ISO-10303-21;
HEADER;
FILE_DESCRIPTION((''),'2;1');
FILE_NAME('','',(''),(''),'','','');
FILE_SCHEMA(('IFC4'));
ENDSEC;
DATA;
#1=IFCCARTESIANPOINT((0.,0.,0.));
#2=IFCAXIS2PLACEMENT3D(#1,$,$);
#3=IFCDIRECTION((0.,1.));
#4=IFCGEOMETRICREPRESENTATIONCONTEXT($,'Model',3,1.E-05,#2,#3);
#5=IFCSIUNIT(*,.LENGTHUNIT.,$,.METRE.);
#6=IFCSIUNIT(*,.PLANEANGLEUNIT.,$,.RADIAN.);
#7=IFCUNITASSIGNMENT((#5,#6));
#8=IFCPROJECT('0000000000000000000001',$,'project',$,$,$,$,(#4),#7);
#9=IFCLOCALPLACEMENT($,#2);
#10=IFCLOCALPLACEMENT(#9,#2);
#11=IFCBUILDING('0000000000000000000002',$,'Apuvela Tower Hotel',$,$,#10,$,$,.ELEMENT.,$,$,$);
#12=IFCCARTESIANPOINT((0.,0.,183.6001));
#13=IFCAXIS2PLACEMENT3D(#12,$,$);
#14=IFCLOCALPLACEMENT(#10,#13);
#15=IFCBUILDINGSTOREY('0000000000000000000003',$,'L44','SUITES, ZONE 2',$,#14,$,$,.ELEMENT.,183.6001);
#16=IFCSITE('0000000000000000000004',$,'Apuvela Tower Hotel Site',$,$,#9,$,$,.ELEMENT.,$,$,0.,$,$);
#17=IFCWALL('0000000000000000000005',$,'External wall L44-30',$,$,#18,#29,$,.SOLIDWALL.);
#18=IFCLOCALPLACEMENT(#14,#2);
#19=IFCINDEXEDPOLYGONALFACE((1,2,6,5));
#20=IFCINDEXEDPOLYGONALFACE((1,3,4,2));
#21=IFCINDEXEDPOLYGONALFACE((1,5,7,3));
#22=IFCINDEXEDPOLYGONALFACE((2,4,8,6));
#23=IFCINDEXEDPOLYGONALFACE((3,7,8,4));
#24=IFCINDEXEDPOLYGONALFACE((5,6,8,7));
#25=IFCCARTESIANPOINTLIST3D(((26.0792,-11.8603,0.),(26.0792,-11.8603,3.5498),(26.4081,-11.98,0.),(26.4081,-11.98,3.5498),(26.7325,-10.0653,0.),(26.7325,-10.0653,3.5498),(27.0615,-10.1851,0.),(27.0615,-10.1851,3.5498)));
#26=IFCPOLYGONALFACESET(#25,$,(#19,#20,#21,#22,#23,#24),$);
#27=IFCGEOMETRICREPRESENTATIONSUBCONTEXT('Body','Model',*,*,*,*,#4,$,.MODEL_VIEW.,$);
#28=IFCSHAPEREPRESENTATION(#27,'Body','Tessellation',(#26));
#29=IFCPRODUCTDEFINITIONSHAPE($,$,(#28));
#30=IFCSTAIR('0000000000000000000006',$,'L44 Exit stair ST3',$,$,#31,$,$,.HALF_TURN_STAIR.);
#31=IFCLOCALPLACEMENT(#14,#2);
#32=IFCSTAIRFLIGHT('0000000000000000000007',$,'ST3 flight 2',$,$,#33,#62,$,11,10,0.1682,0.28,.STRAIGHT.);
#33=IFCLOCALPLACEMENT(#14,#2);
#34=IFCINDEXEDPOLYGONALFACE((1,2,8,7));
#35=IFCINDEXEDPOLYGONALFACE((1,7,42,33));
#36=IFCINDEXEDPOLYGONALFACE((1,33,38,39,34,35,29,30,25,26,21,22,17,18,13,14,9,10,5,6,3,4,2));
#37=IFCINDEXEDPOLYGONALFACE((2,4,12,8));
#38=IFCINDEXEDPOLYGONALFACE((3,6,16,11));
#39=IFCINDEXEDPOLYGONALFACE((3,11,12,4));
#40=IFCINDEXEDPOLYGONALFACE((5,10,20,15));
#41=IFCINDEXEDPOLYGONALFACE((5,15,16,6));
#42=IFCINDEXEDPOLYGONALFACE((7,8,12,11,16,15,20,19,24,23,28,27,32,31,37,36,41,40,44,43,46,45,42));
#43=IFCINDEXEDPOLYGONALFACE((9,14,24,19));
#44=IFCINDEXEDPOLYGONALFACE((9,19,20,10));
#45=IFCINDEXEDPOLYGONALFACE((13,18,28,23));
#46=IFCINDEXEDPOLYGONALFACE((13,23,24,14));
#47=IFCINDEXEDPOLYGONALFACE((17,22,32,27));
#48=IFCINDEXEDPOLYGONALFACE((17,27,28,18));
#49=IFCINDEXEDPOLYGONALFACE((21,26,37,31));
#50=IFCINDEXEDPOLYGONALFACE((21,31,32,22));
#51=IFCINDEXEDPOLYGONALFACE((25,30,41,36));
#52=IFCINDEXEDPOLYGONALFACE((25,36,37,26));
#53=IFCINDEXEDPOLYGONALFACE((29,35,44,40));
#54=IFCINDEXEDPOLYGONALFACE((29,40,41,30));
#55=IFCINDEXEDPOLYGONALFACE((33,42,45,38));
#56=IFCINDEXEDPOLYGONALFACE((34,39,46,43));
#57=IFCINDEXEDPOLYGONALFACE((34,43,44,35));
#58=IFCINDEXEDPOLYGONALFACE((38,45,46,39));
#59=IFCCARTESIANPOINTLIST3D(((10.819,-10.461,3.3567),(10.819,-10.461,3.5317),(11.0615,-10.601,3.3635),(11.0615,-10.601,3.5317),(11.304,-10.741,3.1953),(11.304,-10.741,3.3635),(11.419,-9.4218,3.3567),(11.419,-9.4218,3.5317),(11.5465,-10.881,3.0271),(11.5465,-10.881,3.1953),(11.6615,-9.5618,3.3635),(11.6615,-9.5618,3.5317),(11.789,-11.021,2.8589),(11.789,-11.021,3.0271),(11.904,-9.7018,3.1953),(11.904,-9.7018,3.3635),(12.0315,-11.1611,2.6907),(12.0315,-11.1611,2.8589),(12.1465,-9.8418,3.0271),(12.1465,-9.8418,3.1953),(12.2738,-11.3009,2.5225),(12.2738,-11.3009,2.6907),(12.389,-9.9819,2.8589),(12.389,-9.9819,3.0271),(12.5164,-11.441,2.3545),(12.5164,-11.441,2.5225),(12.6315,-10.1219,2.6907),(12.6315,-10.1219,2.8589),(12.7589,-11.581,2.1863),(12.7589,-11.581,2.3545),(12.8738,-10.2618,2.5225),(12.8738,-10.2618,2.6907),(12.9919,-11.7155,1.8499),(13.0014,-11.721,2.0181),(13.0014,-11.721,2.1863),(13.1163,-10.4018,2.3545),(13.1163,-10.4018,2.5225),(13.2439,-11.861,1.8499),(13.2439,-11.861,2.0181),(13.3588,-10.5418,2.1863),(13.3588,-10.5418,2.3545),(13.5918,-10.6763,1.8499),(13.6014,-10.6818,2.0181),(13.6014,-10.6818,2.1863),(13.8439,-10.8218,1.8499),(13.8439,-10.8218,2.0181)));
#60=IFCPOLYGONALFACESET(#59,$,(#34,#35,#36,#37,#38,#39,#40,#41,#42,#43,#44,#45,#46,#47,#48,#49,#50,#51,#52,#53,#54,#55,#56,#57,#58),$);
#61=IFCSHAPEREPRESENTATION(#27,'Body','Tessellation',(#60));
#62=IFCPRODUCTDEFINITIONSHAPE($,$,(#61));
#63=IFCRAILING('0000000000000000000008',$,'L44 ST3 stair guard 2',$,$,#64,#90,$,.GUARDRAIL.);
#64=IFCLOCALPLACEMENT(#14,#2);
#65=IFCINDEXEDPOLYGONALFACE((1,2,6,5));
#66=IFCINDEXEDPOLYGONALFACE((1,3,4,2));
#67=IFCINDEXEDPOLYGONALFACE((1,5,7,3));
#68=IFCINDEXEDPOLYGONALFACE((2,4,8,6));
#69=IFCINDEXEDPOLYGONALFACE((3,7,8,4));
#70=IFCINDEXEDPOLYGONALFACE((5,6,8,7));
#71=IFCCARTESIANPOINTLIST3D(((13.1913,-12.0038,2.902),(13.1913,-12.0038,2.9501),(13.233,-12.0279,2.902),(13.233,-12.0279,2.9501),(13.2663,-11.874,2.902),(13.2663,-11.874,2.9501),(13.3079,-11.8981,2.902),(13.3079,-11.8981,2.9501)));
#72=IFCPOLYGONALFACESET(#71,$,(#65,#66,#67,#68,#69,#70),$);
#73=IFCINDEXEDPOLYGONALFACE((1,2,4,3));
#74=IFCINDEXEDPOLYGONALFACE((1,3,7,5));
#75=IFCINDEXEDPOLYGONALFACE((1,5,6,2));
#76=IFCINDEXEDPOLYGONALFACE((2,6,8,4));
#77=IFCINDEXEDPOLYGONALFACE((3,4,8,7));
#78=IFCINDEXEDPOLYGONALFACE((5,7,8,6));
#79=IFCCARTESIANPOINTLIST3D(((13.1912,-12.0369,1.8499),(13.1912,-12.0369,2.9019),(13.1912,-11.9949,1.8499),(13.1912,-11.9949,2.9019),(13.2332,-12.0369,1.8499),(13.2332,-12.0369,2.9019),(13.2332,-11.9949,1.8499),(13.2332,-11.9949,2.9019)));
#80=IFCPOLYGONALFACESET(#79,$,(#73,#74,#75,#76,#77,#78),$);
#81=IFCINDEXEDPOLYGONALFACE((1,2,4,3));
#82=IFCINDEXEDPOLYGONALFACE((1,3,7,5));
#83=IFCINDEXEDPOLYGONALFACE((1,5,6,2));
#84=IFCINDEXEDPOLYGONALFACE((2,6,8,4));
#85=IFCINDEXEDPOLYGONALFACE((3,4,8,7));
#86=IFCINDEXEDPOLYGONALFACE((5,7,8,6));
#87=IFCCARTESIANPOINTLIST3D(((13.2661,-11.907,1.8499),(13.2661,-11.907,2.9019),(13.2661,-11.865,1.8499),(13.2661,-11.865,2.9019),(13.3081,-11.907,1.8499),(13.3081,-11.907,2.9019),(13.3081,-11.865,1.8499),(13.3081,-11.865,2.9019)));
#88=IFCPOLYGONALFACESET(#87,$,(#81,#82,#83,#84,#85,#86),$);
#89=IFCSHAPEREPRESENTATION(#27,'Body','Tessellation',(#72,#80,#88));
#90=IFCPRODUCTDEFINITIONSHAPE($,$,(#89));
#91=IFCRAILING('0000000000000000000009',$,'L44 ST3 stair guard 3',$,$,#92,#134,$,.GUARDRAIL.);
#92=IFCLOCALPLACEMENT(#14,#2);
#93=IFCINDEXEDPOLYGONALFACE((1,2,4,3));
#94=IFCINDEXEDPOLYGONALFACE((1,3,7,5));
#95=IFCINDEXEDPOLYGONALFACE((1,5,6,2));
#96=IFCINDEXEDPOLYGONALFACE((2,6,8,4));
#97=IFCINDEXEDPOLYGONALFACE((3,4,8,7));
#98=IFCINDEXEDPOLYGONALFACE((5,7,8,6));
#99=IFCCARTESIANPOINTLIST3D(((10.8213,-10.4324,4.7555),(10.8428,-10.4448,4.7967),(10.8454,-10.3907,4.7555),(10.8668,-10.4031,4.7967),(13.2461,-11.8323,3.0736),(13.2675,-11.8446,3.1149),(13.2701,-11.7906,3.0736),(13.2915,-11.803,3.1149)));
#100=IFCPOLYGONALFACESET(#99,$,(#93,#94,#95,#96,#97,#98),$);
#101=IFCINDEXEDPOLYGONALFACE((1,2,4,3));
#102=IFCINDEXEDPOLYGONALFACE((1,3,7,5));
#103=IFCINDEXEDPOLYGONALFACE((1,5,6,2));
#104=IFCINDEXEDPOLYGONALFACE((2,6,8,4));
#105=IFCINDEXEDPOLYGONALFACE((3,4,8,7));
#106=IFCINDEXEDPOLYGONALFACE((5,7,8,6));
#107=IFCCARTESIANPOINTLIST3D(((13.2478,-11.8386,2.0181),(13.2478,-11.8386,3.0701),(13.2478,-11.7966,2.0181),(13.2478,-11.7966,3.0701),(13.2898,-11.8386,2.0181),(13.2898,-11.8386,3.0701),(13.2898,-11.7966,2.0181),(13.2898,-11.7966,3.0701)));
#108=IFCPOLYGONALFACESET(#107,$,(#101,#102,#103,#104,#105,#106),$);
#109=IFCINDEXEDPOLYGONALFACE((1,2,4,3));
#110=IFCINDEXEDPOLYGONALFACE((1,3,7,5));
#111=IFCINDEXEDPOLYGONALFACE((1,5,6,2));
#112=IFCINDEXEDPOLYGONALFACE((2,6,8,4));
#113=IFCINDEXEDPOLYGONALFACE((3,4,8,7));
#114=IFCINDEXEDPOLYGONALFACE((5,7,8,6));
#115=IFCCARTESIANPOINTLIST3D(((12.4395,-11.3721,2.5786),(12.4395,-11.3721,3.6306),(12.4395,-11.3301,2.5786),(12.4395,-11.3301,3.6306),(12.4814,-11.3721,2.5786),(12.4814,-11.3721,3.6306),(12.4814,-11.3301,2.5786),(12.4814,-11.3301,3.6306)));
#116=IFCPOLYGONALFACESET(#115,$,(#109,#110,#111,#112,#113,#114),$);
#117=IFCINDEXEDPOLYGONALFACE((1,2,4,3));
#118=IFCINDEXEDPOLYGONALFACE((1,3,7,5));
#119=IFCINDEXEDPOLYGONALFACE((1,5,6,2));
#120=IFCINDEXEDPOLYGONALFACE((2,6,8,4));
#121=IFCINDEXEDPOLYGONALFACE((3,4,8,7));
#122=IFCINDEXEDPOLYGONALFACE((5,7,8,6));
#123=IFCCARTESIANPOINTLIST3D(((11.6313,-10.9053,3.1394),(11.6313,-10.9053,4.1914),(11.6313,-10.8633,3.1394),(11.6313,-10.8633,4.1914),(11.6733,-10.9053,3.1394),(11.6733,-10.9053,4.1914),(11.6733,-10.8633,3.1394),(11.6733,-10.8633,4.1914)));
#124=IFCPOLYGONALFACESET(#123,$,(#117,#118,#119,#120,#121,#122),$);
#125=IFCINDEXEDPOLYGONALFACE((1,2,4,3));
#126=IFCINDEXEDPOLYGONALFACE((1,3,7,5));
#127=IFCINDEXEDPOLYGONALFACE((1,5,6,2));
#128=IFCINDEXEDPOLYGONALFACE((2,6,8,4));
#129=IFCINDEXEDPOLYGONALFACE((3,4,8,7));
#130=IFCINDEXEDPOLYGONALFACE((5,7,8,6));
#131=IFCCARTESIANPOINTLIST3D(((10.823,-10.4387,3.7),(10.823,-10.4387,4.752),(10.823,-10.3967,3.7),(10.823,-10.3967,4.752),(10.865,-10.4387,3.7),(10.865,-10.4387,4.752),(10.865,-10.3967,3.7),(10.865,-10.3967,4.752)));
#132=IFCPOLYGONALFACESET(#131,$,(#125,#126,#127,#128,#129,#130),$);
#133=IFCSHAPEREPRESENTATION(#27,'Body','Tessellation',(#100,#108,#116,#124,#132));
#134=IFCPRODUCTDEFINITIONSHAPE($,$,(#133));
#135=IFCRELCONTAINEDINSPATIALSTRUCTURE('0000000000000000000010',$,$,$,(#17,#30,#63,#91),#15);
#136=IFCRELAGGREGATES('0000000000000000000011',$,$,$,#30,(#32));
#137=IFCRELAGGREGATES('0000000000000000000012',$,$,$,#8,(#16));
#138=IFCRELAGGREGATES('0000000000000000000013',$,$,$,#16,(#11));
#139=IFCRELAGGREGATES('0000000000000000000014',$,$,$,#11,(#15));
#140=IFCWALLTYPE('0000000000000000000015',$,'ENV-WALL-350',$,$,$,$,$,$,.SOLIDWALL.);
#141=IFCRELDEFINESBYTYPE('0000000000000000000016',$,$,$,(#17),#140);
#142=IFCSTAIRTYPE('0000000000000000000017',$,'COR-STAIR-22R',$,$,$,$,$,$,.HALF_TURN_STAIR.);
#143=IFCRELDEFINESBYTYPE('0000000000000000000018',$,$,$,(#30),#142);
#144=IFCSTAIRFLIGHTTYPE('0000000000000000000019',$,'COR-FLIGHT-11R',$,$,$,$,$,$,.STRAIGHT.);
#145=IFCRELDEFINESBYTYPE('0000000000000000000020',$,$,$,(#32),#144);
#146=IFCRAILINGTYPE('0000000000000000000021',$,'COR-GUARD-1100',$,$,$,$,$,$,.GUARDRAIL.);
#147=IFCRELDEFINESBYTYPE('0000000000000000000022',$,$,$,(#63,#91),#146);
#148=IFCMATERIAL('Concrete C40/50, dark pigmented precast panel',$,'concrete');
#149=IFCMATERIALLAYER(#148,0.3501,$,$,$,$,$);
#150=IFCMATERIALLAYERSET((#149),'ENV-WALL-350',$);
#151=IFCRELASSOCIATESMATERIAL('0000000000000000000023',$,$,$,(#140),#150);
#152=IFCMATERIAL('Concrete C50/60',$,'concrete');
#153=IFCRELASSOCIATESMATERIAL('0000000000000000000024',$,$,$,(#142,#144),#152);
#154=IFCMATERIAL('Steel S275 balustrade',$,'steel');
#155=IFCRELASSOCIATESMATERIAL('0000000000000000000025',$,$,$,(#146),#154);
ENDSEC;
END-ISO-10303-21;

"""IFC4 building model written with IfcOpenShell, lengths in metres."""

from ifc_helpers import new_model, si_unit, direction, frame, frame_2d, origin, origin_2d, place, context, subcontext, project, spatial, polyline, rectangle, outline, extrude, material, layer, layer_set, type_object, element, aggregate, save


model = new_model("IFC4")

# Units and contexts
model_context = context("Model", 3, precision=1e-05, world=origin(), true_north=direction((0.0, 1.0)))
body_context = subcontext(model_context, "Body", "Model", "MODEL_VIEW")
ifc_project = project(units=[si_unit("LENGTHUNIT", "METRE"), si_unit("PLANEANGLEUNIT", "RADIAN")], contexts=[model_context])

# Site, building, storey
site_placement = place(None, origin())
site = spatial("IfcSite", under=ifc_project, at=site_placement, Name="Apuvela Tower Hotel Site", CompositionType="ELEMENT", RefElevation=0.0)
building_placement = place(site_placement, origin())
building = spatial("IfcBuilding", under=site, at=building_placement, Name="Apuvela Tower Hotel", CompositionType="ELEMENT")
storey_placement = place(building_placement, frame((0.0, 0.0, 183.6001)))
storey = spatial("IfcBuildingStorey", under=building, at=storey_placement, Name="L44", Description="SUITES, ZONE 2", CompositionType="ELEMENT", Elevation=183.6001)

# Shared definitions
ifc_material_1 = material(Name="Concrete C50/60", Category="concrete")

# Shared definitions
ifc_material_2 = material(Name="Concrete C40/50, dark pigmented precast panel", Category="concrete")
ifc_layer_1 = layer(ifc_material_2, 0.3501)
ifc_layer_set_1 = layer_set([ifc_layer_1], Name="ENV-WALL-350")
wall_type_1 = type_object("IfcWallType", Name="ENV-WALL-350", PredefinedType="SOLIDWALL", material=ifc_layer_set_1)

# Wall
wall_1_placement = place(storey_placement, frame((26.2437, -11.9202, 0.0), z_axis=(0.0, 0.0, 1.0), x_axis=(0.34203, 0.939689, 0.0)))
element("IfcWall", 1, at=wall_1_placement, inside=storey, type_object=wall_type_1, Name="External wall L44-30", PredefinedType="SOLIDWALL", context=body_context, shape_type="SweptSolid", body=[
    extrude(rectangle(XDim=1.9102, YDim=0.3501, at=frame_2d((0.9551, 0.0))), origin(), (0.0, 0.0, 1.0), 3.5498),
])

# Stair, stair flight
stair_type = type_object("IfcStairType", Name="COR-STAIR-22R", PredefinedType="HALF_TURN_STAIR", material=ifc_material_1)
stair_placement = place(storey_placement, origin())
stair = element("IfcStair", 2, at=stair_placement, inside=storey, type_object=stair_type, Name="L44 Exit stair ST3", PredefinedType="HALF_TURN_STAIR")
stair_flight_type = type_object("IfcStairFlightType", Name="COR-FLIGHT-11R", PredefinedType="STRAIGHT", material=ifc_material_1)
stair_flight_placement = place(storey_placement, frame((13.5439, -11.3413, 1.8499), z_axis=(0.0, 0.0, 1.0), x_axis=(-0.866025, 0.5, 0.0)))
stair_flight = element("IfcStairFlight", 3, at=stair_flight_placement, type_object=stair_flight_type, Name="ST3 flight 2", NumberOfRisers=11, NumberOfTreads=10, PredefinedType="STRAIGHT", RiserHeight=0.1682, TreadLength=0.28, context=body_context, shape_type="SweptSolid", body=[
    extrude(outline(polyline([(0.0, 0.0), (0.0, 0.1682), (0.28, 0.1682), (0.28, 0.3364), (0.5601, 0.3364), (0.5601, 0.5046), (0.8401, 0.5046), (0.8401, 0.6726), (1.1201, 0.6726), (1.1201, 0.8408), (1.3999, 0.8408), (1.3999, 1.009), (1.6799, 1.009), (1.6799, 1.1772), (1.96, 1.1772), (1.96, 1.3455), (2.24, 1.3455), (2.24, 1.5137), (2.52, 1.5137), (2.52, 1.6819), (2.8, 1.6819), (2.8, 1.8501), (2.8, 1.5068), (0.291, 0.0), (0.0, 0.0)])), frame((0.0, 0.6001, 0.0), z_axis=(0.0, -1.0, 0.0), x_axis=(1.0, 0.0, 0.0)), (0.0, 0.0, 1.0), 1.2),
])
aggregate(stair, [stair_flight])

# Railings
ifc_material_3 = material(Name="Steel S275 balustrade", Category="steel")
railing_type = type_object("IfcRailingType", Name="COR-GUARD-1100", PredefinedType="GUARDRAIL", material=ifc_material_3)
railing_1_placement = place(storey_placement, frame((13.2122, -12.0159, 1.8499)))
element("IfcRailing", 4, at=railing_1_placement, inside=storey, type_object=railing_type, Name="L44 ST3 stair guard 2", PredefinedType="GUARDRAIL", context=body_context, shape_type="SweptSolid", body=[
    extrude(rectangle(XDim=0.0481, YDim=0.0481, at=origin_2d()), frame((0.0, 0.0, 1.0762), z_axis=(0.499816, 0.866131, 0.0), x_axis=(-0.866131, 0.499816, 0.0)), (0.0, 0.0, 1.0), 0.1499),
    extrude(rectangle(XDim=0.042, YDim=0.042, at=origin_2d()), origin(), (0.0, 0.0, 1.0), 1.052),
    extrude(rectangle(XDim=0.042, YDim=0.042, at=origin_2d()), frame((0.075, 0.1299, 0.0)), (0.0, 0.0, 1.0), 1.052),
])
railing_2_placement = place(storey_placement, frame((13.2688, -11.8176, 2.0181)))
element("IfcRailing", 5, at=railing_2_placement, inside=storey, type_object=railing_type, Name="L44 ST3 stair guard 3", PredefinedType="GUARDRAIL", context=body_context, shape_type="SweptSolid", body=[
    extrude(rectangle(XDim=0.0481, YDim=0.0481, at=origin_2d()), frame((0.0, 0.0, 1.0762), z_axis=(-0.74239, 0.428601, 0.514934), x_axis=(-0.499984, -0.866035, 0.0)), (0.0, 0.0, 1.0), 3.2661),
    extrude(rectangle(XDim=0.042, YDim=0.042, at=origin_2d()), origin(), (0.0, 0.0, 1.0), 1.052),
    extrude(rectangle(XDim=0.042, YDim=0.042, at=origin_2d()), frame((-0.8083, 0.4666, 0.5605)), (0.0, 0.0, 1.0), 1.052),
    extrude(rectangle(XDim=0.042, YDim=0.042, at=origin_2d()), frame((-1.6165, 0.9333, 1.1213)), (0.0, 0.0, 1.0), 1.052),
    extrude(rectangle(XDim=0.042, YDim=0.042, at=origin_2d()), frame((-2.4248, 1.3999, 1.6819)), (0.0, 0.0, 1.0), 1.052),
])

save(model, "model.ifc")
